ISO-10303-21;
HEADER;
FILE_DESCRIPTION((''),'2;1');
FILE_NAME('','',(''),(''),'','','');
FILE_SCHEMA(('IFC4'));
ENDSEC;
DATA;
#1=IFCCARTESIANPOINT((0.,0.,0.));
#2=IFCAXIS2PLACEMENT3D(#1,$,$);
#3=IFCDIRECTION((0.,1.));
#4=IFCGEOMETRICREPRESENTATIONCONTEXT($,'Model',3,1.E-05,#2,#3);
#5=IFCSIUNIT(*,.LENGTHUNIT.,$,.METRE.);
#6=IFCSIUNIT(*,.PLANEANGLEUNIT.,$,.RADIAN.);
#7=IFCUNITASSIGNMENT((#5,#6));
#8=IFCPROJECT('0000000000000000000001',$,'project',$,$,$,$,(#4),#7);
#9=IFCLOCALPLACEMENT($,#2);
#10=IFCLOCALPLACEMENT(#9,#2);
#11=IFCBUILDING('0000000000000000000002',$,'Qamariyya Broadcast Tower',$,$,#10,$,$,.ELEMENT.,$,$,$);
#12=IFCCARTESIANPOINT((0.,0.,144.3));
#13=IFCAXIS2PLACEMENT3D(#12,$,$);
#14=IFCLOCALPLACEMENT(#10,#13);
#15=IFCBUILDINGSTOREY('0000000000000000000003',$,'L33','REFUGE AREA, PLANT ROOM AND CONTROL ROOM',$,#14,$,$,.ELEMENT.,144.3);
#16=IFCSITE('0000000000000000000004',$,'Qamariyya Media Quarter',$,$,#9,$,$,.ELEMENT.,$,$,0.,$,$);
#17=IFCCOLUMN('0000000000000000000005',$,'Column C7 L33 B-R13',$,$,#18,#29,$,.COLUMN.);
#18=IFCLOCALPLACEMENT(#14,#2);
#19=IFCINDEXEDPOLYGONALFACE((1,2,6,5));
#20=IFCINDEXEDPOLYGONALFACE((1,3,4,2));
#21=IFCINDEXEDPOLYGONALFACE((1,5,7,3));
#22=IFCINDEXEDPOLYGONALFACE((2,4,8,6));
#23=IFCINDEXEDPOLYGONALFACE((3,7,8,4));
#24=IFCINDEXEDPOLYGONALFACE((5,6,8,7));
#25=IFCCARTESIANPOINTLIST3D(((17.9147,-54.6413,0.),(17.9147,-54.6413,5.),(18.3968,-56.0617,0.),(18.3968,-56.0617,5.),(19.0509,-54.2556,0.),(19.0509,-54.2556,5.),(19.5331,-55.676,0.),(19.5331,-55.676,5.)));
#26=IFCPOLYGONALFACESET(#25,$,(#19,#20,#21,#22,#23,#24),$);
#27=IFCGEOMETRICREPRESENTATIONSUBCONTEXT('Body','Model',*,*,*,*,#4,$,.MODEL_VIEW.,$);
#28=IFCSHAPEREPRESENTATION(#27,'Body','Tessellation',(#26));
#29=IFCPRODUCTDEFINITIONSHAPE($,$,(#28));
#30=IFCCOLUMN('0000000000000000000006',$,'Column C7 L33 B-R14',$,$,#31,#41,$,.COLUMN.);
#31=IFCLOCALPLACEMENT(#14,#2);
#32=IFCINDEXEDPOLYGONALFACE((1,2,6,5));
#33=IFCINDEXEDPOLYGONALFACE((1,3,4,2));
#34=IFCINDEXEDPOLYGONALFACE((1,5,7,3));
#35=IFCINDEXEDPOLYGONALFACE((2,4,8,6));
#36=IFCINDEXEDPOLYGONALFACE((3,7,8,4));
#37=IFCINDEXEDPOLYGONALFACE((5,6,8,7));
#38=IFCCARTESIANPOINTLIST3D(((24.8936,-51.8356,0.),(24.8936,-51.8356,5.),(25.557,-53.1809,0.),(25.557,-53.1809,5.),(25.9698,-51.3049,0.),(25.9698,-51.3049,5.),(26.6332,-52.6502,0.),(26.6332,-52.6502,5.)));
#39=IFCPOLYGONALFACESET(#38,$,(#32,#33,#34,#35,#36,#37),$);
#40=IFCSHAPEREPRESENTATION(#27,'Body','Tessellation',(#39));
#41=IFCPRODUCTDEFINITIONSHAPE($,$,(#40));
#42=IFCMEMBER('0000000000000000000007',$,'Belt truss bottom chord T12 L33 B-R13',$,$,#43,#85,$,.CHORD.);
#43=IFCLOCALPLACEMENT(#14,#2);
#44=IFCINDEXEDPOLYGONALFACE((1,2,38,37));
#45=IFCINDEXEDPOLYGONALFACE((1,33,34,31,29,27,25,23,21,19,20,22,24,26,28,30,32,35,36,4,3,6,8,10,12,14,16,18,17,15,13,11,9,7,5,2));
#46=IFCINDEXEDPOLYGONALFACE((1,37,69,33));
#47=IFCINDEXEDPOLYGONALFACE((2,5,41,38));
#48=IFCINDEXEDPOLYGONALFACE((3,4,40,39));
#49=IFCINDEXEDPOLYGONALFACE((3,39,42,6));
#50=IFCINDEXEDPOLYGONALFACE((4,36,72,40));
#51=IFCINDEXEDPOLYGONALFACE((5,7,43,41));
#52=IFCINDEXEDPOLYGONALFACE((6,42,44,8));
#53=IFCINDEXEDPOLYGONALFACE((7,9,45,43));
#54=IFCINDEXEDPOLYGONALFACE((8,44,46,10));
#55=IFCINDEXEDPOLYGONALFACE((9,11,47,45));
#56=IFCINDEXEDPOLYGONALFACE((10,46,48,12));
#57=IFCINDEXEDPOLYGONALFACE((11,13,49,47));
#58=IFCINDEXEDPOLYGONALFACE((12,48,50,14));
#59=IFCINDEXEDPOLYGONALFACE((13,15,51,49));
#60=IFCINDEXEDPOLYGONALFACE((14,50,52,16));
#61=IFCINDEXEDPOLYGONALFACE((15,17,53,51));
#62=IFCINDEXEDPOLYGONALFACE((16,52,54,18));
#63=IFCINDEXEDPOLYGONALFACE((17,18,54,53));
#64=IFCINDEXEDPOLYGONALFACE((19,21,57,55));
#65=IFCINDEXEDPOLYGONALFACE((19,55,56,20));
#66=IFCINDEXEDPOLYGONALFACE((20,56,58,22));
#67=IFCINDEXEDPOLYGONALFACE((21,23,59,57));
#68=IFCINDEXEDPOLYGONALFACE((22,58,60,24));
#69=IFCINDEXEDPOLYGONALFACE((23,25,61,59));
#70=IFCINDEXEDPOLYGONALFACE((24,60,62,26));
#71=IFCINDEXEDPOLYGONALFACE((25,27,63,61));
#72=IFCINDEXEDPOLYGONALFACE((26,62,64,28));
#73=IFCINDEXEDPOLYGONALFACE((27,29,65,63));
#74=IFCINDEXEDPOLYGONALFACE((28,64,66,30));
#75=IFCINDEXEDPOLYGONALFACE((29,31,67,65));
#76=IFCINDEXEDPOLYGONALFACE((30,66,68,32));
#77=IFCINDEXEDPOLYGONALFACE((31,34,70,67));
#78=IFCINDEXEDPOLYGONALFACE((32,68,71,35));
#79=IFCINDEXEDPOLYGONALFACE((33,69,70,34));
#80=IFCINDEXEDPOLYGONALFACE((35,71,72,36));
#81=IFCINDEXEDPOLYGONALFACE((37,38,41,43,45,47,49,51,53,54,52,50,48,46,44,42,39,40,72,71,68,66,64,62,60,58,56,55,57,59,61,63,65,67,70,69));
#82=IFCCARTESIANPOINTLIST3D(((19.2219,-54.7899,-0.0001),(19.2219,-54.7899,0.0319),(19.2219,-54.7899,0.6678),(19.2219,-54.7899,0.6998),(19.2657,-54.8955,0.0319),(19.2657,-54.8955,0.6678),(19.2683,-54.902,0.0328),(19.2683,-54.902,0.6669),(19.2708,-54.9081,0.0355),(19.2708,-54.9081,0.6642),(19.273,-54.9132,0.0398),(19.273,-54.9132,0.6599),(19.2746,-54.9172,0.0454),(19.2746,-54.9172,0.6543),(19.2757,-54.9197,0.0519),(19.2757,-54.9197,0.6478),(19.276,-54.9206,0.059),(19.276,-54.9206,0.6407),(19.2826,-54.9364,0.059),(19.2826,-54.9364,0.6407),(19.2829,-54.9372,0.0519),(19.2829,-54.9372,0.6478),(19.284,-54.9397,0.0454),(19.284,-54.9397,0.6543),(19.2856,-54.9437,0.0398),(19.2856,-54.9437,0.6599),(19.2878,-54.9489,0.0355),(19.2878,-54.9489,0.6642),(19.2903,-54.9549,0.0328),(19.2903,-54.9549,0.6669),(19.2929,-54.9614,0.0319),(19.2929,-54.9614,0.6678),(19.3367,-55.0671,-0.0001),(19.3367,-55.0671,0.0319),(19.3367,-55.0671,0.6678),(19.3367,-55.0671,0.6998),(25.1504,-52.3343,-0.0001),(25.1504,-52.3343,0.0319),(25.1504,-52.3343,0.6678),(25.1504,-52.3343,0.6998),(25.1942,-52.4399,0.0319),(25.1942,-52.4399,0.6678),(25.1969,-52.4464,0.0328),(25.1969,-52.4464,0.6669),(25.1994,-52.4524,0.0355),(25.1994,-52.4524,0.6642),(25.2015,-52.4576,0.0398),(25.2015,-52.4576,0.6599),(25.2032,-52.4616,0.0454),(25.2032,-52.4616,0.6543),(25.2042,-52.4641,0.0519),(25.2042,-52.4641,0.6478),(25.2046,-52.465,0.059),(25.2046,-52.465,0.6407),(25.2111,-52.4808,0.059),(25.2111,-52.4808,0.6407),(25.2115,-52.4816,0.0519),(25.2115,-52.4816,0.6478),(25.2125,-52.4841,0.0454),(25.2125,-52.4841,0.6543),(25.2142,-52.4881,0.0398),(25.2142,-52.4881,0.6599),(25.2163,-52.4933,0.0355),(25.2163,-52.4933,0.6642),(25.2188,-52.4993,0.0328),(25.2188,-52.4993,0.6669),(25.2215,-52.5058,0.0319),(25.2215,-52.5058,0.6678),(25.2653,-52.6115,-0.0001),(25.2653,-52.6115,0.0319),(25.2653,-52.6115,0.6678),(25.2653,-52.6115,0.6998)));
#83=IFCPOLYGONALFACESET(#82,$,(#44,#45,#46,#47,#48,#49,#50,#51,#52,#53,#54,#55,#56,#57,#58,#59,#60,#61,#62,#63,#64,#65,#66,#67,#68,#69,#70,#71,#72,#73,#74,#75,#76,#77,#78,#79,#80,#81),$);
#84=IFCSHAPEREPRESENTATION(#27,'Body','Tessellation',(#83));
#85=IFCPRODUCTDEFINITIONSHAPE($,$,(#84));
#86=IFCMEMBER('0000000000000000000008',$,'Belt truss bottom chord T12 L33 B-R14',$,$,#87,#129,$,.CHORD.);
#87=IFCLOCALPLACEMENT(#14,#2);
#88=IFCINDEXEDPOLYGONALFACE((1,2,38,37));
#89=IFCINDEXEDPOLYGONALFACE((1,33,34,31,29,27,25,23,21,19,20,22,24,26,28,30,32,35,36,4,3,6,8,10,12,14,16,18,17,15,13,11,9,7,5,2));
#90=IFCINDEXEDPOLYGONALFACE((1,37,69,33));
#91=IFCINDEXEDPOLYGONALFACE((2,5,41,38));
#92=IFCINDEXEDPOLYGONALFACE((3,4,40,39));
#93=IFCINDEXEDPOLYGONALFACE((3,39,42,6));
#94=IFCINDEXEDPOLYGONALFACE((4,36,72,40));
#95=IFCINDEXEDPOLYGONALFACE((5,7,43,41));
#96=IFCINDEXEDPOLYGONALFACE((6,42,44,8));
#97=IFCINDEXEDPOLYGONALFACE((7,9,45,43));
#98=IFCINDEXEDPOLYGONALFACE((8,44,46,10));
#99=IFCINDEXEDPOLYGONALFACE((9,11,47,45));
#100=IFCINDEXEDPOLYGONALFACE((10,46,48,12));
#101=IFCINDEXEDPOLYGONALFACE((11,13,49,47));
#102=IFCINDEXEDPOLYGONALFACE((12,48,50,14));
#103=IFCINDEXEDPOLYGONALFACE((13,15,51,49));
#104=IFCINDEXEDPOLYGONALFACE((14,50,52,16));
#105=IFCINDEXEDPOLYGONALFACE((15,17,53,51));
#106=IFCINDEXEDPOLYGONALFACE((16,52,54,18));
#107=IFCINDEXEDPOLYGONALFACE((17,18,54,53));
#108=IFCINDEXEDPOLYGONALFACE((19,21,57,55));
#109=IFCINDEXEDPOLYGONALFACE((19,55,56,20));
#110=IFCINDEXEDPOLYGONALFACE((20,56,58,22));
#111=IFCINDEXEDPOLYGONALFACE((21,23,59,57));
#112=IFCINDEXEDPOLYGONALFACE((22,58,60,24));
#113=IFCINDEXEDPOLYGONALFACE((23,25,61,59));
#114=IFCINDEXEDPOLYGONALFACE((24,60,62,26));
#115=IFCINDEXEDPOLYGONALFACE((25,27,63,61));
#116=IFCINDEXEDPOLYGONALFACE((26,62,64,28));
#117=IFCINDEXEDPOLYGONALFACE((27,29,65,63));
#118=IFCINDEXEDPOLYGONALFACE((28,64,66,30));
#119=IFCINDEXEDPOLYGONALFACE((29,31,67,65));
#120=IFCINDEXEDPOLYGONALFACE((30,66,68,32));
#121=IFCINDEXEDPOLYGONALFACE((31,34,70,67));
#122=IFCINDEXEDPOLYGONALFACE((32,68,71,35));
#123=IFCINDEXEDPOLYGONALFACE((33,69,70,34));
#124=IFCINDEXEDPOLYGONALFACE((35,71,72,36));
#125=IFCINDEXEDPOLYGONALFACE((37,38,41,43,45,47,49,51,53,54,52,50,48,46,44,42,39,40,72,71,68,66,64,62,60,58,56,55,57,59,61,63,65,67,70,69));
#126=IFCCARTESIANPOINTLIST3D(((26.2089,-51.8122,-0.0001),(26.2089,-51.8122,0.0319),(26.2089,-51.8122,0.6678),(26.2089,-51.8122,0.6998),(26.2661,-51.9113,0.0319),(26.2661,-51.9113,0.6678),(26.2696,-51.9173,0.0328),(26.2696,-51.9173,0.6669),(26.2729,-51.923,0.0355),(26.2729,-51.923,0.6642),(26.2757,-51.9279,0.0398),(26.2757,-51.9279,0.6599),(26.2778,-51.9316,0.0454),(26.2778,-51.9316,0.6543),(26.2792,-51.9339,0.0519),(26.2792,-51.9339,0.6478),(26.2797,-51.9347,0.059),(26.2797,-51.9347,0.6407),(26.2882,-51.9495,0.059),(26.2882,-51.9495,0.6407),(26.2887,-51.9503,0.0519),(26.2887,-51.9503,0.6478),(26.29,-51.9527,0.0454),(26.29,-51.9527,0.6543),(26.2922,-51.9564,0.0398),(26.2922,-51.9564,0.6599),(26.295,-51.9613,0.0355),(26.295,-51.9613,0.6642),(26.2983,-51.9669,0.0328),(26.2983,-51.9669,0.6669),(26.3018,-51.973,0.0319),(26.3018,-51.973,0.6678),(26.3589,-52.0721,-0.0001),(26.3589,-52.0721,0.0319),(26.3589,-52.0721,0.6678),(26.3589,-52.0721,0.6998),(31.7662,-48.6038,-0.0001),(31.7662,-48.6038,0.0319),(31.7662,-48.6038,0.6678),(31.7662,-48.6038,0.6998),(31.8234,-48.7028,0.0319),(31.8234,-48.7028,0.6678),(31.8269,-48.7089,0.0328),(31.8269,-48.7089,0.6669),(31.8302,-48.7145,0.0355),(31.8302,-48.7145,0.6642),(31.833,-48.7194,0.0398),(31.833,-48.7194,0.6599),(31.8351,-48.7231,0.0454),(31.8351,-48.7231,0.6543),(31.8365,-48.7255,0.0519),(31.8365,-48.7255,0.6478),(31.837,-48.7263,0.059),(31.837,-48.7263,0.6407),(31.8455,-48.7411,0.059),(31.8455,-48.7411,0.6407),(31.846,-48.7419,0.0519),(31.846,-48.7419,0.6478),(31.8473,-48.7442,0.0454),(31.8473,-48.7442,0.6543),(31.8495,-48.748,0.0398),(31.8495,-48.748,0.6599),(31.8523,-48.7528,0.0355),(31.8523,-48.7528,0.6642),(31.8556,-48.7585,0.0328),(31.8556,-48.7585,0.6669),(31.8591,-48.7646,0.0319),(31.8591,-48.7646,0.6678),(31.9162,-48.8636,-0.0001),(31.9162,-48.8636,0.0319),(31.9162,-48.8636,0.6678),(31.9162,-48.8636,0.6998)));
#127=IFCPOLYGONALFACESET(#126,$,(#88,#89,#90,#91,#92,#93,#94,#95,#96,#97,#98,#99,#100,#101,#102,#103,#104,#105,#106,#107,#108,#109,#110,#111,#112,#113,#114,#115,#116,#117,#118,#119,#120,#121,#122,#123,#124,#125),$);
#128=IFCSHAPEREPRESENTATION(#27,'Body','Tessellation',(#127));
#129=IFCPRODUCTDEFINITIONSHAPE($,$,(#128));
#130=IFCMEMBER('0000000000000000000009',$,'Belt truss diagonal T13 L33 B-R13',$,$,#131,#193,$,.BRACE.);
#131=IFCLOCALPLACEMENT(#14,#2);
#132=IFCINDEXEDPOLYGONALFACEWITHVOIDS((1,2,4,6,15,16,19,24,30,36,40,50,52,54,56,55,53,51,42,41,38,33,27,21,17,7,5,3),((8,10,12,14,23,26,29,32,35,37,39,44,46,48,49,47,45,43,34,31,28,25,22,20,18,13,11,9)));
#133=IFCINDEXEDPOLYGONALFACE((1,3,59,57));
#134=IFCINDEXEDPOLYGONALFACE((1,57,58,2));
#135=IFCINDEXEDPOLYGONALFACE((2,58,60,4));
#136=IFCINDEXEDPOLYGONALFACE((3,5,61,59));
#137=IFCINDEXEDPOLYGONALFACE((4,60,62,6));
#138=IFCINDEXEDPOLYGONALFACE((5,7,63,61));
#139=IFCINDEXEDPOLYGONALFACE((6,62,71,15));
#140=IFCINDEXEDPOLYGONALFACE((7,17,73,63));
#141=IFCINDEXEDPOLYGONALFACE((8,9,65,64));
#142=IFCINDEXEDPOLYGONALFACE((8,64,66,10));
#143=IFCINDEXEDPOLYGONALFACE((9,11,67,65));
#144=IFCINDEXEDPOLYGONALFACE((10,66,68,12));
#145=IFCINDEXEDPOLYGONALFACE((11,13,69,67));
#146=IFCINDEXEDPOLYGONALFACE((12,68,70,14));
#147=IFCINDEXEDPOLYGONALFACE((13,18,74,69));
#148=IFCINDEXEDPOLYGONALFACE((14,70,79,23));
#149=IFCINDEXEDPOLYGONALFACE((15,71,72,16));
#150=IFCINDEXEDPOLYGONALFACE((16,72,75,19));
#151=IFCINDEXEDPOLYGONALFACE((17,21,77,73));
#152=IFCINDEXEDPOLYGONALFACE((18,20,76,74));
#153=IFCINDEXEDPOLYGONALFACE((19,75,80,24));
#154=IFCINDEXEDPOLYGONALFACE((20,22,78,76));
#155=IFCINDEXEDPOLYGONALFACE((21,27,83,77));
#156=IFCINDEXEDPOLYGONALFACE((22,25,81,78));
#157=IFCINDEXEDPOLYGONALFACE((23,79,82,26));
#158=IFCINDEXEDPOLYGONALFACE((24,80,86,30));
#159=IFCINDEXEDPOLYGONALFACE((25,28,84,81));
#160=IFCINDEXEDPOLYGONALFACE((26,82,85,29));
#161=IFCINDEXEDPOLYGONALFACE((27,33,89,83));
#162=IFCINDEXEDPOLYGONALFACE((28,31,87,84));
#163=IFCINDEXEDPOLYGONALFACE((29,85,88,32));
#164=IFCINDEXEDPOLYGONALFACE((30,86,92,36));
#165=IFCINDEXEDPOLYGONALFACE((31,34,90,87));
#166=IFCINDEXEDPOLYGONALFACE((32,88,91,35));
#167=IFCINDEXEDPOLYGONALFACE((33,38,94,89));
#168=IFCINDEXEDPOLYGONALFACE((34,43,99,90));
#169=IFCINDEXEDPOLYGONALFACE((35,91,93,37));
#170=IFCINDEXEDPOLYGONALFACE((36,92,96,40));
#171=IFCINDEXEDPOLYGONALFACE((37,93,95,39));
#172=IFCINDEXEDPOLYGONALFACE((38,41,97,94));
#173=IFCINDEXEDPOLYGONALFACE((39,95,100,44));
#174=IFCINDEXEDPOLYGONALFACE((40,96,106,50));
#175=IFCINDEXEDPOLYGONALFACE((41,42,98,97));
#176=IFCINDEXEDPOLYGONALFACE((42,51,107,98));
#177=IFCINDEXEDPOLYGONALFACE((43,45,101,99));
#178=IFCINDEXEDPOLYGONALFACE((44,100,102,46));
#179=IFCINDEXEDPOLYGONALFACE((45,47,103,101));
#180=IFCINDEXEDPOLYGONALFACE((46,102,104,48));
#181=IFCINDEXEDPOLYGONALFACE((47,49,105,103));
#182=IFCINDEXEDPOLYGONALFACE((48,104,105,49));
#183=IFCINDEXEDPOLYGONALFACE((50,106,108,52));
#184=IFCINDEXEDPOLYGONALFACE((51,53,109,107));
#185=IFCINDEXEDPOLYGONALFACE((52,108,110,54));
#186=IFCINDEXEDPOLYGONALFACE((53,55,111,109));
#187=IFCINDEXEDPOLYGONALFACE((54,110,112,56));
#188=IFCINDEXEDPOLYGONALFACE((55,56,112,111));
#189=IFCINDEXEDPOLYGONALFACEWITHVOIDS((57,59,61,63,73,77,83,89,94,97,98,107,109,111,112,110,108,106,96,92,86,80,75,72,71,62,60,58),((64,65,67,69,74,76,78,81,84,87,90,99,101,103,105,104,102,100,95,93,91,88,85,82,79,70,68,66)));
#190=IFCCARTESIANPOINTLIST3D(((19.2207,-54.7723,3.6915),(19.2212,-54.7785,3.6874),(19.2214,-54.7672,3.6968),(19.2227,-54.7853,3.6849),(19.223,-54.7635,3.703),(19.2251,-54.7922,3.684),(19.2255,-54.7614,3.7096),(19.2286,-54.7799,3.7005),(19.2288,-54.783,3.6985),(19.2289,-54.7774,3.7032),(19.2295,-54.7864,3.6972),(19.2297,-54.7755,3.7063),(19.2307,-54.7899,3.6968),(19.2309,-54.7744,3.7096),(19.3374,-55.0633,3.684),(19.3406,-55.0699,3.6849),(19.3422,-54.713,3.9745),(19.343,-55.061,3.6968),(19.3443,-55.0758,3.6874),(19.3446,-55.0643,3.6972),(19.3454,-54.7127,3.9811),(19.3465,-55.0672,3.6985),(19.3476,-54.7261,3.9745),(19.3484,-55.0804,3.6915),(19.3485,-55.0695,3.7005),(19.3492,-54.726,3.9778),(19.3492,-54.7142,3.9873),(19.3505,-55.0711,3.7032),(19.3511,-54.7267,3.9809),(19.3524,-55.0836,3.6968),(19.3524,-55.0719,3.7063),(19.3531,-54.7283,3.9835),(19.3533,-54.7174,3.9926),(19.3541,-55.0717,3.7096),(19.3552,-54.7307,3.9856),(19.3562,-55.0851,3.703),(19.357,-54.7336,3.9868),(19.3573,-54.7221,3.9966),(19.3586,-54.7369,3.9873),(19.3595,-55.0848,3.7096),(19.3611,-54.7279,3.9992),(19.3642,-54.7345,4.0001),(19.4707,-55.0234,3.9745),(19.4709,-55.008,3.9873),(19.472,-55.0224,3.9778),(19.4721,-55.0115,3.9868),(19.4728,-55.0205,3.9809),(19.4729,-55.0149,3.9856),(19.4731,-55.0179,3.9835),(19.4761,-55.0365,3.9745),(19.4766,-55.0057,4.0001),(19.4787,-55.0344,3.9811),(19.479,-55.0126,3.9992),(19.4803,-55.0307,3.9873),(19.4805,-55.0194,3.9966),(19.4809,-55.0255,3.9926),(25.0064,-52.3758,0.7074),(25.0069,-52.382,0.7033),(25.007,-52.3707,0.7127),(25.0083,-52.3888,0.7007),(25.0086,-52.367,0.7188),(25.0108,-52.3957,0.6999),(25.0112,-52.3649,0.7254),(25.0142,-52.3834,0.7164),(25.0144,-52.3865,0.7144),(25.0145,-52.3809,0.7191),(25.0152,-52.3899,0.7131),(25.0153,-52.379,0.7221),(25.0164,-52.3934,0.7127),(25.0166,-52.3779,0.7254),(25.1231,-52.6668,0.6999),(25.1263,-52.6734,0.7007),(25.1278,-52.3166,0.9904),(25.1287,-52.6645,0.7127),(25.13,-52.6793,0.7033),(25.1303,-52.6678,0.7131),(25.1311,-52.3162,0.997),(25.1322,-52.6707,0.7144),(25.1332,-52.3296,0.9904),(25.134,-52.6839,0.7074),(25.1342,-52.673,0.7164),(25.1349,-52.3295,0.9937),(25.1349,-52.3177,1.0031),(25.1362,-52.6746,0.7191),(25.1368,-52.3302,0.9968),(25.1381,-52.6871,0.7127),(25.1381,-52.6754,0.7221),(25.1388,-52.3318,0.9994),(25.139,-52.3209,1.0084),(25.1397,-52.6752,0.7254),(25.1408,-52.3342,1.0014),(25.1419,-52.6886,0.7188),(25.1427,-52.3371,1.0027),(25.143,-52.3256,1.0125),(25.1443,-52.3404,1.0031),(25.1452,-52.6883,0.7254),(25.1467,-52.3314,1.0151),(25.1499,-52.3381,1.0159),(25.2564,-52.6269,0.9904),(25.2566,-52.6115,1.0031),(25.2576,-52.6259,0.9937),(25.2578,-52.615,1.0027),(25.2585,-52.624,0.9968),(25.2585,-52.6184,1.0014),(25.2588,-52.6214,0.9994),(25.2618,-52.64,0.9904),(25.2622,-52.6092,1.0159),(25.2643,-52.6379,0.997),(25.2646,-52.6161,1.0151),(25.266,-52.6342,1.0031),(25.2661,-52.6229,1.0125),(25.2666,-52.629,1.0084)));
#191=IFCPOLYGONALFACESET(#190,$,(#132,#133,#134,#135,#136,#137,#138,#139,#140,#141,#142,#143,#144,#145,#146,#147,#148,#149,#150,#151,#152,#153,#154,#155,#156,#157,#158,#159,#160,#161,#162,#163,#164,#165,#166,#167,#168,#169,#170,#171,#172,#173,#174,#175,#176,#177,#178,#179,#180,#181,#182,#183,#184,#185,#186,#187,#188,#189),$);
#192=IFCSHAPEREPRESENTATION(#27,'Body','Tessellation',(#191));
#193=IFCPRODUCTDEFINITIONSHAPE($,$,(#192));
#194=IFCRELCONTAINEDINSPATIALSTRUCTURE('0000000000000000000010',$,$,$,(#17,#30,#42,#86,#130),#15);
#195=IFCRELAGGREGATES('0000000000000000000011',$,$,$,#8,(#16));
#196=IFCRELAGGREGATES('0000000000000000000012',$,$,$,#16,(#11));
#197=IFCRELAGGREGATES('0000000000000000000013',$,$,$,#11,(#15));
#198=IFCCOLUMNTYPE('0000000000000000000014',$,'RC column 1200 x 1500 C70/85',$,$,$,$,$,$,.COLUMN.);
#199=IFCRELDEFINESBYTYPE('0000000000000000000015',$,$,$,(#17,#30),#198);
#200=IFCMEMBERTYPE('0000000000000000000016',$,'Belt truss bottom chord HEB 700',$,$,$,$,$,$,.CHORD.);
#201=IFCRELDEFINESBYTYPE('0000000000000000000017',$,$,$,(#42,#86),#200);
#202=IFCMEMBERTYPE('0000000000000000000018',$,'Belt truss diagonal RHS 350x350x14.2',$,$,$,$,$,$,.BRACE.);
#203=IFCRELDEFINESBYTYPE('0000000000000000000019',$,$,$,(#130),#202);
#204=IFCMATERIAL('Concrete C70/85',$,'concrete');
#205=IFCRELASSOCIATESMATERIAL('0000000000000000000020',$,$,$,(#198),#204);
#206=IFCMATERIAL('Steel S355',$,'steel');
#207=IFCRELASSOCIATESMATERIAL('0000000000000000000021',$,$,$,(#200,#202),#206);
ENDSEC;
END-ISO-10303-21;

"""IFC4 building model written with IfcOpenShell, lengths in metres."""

from ifc_helpers import new_model, si_unit, direction, frame, origin, origin_2d, place, context, subcontext, project, spatial, rectangle, hollow_rectangle, i_section, extrude, material, material_profile, profile_set, type_object, element, save


model = new_model("IFC4")

# Units and contexts
model_context = context("Model", 3, precision=1e-05, world=origin(), true_north=direction((0.0, 1.0)))
body_context = subcontext(model_context, "Body", "Model", "MODEL_VIEW")
ifc_project = project(units=[si_unit("LENGTHUNIT", "METRE"), si_unit("PLANEANGLEUNIT", "RADIAN")], contexts=[model_context])

# Site, building, storey
site_placement = place(None, origin())
site = spatial("IfcSite", under=ifc_project, at=site_placement, Name="Qamariyya Media Quarter", CompositionType="ELEMENT", RefElevation=0.0)
building_placement = place(site_placement, origin())
building = spatial("IfcBuilding", under=site, at=building_placement, Name="Qamariyya Broadcast Tower", CompositionType="ELEMENT")
storey_placement = place(building_placement, frame((0.0, 0.0, 144.3)))
storey = spatial("IfcBuildingStorey", under=building, at=storey_placement, Name="L33", Description="REFUGE AREA, PLANT ROOM AND CONTROL ROOM", CompositionType="ELEMENT", Elevation=144.3)

# Columns
ifc_material_1 = material(Name="Concrete C70/85", Category="concrete")
ifc_material_profile_1 = material_profile(ifc_material_1, rectangle(XDim=1.2, YDim=1.5, at=origin_2d()))
ifc_profile_set_1 = profile_set([ifc_material_profile_1], Name="Concrete C70/85")
column_type = type_object("IfcColumnType", Name="RC column 1200 x 1500 C70/85", PredefinedType="COLUMN", material=ifc_profile_set_1)
for number, where, z_axis, x_axis, name in (
    (1, (18.7239, -55.1587, 0.0), (0.0, 0.0, 1.0), (0.94693, 0.321439, 0.0), "Column C7 L33 B-R13"),
    (2, (25.7634, -52.2429, 0.0), (0.0, 0.0, 1.0), (0.896873, 0.442289, 0.0), "Column C7 L33 B-R14"),
):
    element("IfcColumn", number, at=place(storey_placement, frame(where, z_axis=z_axis, x_axis=x_axis)), inside=storey, type_object=column_type, Name=name, PredefinedType="COLUMN", context=body_context, shape_type="SweptSolid", body=[
        extrude(rectangle(XDim=1.2, YDim=1.5, at=origin_2d()), origin(), (0.0, 0.0, 1.0), 5.0),
    ])

# Members
ifc_material_2 = material(Name="Steel S355", Category="steel")
ifc_material_profile_2 = material_profile(ifc_material_2, i_section(OverallWidth=0.3, OverallDepth=0.7, WebThickness=0.0171, FlangeThickness=0.032, FilletRadius=0.0271, at=origin_2d()))
ifc_profile_set_2 = profile_set([ifc_material_profile_2], Name="Steel S355")
member_type_1 = type_object("IfcMemberType", Name="Belt truss bottom chord HEB 700", PredefinedType="CHORD", material=ifc_profile_set_2)
for number, where, z_axis, x_axis, name in (
    (3, (19.2793, -54.9285, 0.3499), (0.923884, 0.382672, 0.0), (-0.382672, 0.923884, 0.0), "Belt truss bottom chord T12 L33 B-R13"),
    (4, (26.2839, -51.9421, 0.3499), (0.866029, 0.499994, 0.0), (-0.499994, 0.866029, 0.0), "Belt truss bottom chord T12 L33 B-R14"),
):
    element("IfcMember", number, at=place(storey_placement, frame(where, z_axis=z_axis, x_axis=x_axis)), inside=storey, type_object=member_type_1, Name=name, PredefinedType="CHORD", context=body_context, shape_type="SweptSolid", body=[
        extrude(i_section(OverallWidth=0.3, OverallDepth=0.7, WebThickness=0.0171, FlangeThickness=0.032, FilletRadius=0.0271, at=origin_2d()), origin(), (0.0, 0.0, 1.0), 6.417),
    ])
ifc_material_profile_3 = material_profile(ifc_material_2, hollow_rectangle(XDim=0.3501, YDim=0.3501, WallThickness=0.0142, InnerFilletRadius=0.0142, OuterFilletRadius=0.0283, at=origin_2d()))
ifc_profile_set_3 = profile_set([ifc_material_profile_3], Name="Steel S355")
member_type_2 = type_object("IfcMemberType", Name="Belt truss diagonal RHS 350x350x14.2", PredefinedType="BRACE", material=ifc_profile_set_3)
for number, where, z_axis, x_axis, name in (
    (5, (19.3508, -54.8989, 3.842), (0.834028, 0.345464, -0.430176), (-0.382682, 0.92388, 0.0), "Belt truss diagonal T13 L33 B-R13"),
):
    element("IfcMember", number, at=place(storey_placement, frame(where, z_axis=z_axis, x_axis=x_axis)), inside=storey, type_object=member_type_2, Name=name, PredefinedType="BRACE", context=body_context, shape_type="SweptSolid", body=[
        extrude(hollow_rectangle(XDim=0.3501, YDim=0.3501, WallThickness=0.0142, InnerFilletRadius=0.0142, OuterFilletRadius=0.0283, at=origin_2d()), origin(), (0.0, 0.0, 1.0), 6.937),
    ])

save(model, "model.ifc")
